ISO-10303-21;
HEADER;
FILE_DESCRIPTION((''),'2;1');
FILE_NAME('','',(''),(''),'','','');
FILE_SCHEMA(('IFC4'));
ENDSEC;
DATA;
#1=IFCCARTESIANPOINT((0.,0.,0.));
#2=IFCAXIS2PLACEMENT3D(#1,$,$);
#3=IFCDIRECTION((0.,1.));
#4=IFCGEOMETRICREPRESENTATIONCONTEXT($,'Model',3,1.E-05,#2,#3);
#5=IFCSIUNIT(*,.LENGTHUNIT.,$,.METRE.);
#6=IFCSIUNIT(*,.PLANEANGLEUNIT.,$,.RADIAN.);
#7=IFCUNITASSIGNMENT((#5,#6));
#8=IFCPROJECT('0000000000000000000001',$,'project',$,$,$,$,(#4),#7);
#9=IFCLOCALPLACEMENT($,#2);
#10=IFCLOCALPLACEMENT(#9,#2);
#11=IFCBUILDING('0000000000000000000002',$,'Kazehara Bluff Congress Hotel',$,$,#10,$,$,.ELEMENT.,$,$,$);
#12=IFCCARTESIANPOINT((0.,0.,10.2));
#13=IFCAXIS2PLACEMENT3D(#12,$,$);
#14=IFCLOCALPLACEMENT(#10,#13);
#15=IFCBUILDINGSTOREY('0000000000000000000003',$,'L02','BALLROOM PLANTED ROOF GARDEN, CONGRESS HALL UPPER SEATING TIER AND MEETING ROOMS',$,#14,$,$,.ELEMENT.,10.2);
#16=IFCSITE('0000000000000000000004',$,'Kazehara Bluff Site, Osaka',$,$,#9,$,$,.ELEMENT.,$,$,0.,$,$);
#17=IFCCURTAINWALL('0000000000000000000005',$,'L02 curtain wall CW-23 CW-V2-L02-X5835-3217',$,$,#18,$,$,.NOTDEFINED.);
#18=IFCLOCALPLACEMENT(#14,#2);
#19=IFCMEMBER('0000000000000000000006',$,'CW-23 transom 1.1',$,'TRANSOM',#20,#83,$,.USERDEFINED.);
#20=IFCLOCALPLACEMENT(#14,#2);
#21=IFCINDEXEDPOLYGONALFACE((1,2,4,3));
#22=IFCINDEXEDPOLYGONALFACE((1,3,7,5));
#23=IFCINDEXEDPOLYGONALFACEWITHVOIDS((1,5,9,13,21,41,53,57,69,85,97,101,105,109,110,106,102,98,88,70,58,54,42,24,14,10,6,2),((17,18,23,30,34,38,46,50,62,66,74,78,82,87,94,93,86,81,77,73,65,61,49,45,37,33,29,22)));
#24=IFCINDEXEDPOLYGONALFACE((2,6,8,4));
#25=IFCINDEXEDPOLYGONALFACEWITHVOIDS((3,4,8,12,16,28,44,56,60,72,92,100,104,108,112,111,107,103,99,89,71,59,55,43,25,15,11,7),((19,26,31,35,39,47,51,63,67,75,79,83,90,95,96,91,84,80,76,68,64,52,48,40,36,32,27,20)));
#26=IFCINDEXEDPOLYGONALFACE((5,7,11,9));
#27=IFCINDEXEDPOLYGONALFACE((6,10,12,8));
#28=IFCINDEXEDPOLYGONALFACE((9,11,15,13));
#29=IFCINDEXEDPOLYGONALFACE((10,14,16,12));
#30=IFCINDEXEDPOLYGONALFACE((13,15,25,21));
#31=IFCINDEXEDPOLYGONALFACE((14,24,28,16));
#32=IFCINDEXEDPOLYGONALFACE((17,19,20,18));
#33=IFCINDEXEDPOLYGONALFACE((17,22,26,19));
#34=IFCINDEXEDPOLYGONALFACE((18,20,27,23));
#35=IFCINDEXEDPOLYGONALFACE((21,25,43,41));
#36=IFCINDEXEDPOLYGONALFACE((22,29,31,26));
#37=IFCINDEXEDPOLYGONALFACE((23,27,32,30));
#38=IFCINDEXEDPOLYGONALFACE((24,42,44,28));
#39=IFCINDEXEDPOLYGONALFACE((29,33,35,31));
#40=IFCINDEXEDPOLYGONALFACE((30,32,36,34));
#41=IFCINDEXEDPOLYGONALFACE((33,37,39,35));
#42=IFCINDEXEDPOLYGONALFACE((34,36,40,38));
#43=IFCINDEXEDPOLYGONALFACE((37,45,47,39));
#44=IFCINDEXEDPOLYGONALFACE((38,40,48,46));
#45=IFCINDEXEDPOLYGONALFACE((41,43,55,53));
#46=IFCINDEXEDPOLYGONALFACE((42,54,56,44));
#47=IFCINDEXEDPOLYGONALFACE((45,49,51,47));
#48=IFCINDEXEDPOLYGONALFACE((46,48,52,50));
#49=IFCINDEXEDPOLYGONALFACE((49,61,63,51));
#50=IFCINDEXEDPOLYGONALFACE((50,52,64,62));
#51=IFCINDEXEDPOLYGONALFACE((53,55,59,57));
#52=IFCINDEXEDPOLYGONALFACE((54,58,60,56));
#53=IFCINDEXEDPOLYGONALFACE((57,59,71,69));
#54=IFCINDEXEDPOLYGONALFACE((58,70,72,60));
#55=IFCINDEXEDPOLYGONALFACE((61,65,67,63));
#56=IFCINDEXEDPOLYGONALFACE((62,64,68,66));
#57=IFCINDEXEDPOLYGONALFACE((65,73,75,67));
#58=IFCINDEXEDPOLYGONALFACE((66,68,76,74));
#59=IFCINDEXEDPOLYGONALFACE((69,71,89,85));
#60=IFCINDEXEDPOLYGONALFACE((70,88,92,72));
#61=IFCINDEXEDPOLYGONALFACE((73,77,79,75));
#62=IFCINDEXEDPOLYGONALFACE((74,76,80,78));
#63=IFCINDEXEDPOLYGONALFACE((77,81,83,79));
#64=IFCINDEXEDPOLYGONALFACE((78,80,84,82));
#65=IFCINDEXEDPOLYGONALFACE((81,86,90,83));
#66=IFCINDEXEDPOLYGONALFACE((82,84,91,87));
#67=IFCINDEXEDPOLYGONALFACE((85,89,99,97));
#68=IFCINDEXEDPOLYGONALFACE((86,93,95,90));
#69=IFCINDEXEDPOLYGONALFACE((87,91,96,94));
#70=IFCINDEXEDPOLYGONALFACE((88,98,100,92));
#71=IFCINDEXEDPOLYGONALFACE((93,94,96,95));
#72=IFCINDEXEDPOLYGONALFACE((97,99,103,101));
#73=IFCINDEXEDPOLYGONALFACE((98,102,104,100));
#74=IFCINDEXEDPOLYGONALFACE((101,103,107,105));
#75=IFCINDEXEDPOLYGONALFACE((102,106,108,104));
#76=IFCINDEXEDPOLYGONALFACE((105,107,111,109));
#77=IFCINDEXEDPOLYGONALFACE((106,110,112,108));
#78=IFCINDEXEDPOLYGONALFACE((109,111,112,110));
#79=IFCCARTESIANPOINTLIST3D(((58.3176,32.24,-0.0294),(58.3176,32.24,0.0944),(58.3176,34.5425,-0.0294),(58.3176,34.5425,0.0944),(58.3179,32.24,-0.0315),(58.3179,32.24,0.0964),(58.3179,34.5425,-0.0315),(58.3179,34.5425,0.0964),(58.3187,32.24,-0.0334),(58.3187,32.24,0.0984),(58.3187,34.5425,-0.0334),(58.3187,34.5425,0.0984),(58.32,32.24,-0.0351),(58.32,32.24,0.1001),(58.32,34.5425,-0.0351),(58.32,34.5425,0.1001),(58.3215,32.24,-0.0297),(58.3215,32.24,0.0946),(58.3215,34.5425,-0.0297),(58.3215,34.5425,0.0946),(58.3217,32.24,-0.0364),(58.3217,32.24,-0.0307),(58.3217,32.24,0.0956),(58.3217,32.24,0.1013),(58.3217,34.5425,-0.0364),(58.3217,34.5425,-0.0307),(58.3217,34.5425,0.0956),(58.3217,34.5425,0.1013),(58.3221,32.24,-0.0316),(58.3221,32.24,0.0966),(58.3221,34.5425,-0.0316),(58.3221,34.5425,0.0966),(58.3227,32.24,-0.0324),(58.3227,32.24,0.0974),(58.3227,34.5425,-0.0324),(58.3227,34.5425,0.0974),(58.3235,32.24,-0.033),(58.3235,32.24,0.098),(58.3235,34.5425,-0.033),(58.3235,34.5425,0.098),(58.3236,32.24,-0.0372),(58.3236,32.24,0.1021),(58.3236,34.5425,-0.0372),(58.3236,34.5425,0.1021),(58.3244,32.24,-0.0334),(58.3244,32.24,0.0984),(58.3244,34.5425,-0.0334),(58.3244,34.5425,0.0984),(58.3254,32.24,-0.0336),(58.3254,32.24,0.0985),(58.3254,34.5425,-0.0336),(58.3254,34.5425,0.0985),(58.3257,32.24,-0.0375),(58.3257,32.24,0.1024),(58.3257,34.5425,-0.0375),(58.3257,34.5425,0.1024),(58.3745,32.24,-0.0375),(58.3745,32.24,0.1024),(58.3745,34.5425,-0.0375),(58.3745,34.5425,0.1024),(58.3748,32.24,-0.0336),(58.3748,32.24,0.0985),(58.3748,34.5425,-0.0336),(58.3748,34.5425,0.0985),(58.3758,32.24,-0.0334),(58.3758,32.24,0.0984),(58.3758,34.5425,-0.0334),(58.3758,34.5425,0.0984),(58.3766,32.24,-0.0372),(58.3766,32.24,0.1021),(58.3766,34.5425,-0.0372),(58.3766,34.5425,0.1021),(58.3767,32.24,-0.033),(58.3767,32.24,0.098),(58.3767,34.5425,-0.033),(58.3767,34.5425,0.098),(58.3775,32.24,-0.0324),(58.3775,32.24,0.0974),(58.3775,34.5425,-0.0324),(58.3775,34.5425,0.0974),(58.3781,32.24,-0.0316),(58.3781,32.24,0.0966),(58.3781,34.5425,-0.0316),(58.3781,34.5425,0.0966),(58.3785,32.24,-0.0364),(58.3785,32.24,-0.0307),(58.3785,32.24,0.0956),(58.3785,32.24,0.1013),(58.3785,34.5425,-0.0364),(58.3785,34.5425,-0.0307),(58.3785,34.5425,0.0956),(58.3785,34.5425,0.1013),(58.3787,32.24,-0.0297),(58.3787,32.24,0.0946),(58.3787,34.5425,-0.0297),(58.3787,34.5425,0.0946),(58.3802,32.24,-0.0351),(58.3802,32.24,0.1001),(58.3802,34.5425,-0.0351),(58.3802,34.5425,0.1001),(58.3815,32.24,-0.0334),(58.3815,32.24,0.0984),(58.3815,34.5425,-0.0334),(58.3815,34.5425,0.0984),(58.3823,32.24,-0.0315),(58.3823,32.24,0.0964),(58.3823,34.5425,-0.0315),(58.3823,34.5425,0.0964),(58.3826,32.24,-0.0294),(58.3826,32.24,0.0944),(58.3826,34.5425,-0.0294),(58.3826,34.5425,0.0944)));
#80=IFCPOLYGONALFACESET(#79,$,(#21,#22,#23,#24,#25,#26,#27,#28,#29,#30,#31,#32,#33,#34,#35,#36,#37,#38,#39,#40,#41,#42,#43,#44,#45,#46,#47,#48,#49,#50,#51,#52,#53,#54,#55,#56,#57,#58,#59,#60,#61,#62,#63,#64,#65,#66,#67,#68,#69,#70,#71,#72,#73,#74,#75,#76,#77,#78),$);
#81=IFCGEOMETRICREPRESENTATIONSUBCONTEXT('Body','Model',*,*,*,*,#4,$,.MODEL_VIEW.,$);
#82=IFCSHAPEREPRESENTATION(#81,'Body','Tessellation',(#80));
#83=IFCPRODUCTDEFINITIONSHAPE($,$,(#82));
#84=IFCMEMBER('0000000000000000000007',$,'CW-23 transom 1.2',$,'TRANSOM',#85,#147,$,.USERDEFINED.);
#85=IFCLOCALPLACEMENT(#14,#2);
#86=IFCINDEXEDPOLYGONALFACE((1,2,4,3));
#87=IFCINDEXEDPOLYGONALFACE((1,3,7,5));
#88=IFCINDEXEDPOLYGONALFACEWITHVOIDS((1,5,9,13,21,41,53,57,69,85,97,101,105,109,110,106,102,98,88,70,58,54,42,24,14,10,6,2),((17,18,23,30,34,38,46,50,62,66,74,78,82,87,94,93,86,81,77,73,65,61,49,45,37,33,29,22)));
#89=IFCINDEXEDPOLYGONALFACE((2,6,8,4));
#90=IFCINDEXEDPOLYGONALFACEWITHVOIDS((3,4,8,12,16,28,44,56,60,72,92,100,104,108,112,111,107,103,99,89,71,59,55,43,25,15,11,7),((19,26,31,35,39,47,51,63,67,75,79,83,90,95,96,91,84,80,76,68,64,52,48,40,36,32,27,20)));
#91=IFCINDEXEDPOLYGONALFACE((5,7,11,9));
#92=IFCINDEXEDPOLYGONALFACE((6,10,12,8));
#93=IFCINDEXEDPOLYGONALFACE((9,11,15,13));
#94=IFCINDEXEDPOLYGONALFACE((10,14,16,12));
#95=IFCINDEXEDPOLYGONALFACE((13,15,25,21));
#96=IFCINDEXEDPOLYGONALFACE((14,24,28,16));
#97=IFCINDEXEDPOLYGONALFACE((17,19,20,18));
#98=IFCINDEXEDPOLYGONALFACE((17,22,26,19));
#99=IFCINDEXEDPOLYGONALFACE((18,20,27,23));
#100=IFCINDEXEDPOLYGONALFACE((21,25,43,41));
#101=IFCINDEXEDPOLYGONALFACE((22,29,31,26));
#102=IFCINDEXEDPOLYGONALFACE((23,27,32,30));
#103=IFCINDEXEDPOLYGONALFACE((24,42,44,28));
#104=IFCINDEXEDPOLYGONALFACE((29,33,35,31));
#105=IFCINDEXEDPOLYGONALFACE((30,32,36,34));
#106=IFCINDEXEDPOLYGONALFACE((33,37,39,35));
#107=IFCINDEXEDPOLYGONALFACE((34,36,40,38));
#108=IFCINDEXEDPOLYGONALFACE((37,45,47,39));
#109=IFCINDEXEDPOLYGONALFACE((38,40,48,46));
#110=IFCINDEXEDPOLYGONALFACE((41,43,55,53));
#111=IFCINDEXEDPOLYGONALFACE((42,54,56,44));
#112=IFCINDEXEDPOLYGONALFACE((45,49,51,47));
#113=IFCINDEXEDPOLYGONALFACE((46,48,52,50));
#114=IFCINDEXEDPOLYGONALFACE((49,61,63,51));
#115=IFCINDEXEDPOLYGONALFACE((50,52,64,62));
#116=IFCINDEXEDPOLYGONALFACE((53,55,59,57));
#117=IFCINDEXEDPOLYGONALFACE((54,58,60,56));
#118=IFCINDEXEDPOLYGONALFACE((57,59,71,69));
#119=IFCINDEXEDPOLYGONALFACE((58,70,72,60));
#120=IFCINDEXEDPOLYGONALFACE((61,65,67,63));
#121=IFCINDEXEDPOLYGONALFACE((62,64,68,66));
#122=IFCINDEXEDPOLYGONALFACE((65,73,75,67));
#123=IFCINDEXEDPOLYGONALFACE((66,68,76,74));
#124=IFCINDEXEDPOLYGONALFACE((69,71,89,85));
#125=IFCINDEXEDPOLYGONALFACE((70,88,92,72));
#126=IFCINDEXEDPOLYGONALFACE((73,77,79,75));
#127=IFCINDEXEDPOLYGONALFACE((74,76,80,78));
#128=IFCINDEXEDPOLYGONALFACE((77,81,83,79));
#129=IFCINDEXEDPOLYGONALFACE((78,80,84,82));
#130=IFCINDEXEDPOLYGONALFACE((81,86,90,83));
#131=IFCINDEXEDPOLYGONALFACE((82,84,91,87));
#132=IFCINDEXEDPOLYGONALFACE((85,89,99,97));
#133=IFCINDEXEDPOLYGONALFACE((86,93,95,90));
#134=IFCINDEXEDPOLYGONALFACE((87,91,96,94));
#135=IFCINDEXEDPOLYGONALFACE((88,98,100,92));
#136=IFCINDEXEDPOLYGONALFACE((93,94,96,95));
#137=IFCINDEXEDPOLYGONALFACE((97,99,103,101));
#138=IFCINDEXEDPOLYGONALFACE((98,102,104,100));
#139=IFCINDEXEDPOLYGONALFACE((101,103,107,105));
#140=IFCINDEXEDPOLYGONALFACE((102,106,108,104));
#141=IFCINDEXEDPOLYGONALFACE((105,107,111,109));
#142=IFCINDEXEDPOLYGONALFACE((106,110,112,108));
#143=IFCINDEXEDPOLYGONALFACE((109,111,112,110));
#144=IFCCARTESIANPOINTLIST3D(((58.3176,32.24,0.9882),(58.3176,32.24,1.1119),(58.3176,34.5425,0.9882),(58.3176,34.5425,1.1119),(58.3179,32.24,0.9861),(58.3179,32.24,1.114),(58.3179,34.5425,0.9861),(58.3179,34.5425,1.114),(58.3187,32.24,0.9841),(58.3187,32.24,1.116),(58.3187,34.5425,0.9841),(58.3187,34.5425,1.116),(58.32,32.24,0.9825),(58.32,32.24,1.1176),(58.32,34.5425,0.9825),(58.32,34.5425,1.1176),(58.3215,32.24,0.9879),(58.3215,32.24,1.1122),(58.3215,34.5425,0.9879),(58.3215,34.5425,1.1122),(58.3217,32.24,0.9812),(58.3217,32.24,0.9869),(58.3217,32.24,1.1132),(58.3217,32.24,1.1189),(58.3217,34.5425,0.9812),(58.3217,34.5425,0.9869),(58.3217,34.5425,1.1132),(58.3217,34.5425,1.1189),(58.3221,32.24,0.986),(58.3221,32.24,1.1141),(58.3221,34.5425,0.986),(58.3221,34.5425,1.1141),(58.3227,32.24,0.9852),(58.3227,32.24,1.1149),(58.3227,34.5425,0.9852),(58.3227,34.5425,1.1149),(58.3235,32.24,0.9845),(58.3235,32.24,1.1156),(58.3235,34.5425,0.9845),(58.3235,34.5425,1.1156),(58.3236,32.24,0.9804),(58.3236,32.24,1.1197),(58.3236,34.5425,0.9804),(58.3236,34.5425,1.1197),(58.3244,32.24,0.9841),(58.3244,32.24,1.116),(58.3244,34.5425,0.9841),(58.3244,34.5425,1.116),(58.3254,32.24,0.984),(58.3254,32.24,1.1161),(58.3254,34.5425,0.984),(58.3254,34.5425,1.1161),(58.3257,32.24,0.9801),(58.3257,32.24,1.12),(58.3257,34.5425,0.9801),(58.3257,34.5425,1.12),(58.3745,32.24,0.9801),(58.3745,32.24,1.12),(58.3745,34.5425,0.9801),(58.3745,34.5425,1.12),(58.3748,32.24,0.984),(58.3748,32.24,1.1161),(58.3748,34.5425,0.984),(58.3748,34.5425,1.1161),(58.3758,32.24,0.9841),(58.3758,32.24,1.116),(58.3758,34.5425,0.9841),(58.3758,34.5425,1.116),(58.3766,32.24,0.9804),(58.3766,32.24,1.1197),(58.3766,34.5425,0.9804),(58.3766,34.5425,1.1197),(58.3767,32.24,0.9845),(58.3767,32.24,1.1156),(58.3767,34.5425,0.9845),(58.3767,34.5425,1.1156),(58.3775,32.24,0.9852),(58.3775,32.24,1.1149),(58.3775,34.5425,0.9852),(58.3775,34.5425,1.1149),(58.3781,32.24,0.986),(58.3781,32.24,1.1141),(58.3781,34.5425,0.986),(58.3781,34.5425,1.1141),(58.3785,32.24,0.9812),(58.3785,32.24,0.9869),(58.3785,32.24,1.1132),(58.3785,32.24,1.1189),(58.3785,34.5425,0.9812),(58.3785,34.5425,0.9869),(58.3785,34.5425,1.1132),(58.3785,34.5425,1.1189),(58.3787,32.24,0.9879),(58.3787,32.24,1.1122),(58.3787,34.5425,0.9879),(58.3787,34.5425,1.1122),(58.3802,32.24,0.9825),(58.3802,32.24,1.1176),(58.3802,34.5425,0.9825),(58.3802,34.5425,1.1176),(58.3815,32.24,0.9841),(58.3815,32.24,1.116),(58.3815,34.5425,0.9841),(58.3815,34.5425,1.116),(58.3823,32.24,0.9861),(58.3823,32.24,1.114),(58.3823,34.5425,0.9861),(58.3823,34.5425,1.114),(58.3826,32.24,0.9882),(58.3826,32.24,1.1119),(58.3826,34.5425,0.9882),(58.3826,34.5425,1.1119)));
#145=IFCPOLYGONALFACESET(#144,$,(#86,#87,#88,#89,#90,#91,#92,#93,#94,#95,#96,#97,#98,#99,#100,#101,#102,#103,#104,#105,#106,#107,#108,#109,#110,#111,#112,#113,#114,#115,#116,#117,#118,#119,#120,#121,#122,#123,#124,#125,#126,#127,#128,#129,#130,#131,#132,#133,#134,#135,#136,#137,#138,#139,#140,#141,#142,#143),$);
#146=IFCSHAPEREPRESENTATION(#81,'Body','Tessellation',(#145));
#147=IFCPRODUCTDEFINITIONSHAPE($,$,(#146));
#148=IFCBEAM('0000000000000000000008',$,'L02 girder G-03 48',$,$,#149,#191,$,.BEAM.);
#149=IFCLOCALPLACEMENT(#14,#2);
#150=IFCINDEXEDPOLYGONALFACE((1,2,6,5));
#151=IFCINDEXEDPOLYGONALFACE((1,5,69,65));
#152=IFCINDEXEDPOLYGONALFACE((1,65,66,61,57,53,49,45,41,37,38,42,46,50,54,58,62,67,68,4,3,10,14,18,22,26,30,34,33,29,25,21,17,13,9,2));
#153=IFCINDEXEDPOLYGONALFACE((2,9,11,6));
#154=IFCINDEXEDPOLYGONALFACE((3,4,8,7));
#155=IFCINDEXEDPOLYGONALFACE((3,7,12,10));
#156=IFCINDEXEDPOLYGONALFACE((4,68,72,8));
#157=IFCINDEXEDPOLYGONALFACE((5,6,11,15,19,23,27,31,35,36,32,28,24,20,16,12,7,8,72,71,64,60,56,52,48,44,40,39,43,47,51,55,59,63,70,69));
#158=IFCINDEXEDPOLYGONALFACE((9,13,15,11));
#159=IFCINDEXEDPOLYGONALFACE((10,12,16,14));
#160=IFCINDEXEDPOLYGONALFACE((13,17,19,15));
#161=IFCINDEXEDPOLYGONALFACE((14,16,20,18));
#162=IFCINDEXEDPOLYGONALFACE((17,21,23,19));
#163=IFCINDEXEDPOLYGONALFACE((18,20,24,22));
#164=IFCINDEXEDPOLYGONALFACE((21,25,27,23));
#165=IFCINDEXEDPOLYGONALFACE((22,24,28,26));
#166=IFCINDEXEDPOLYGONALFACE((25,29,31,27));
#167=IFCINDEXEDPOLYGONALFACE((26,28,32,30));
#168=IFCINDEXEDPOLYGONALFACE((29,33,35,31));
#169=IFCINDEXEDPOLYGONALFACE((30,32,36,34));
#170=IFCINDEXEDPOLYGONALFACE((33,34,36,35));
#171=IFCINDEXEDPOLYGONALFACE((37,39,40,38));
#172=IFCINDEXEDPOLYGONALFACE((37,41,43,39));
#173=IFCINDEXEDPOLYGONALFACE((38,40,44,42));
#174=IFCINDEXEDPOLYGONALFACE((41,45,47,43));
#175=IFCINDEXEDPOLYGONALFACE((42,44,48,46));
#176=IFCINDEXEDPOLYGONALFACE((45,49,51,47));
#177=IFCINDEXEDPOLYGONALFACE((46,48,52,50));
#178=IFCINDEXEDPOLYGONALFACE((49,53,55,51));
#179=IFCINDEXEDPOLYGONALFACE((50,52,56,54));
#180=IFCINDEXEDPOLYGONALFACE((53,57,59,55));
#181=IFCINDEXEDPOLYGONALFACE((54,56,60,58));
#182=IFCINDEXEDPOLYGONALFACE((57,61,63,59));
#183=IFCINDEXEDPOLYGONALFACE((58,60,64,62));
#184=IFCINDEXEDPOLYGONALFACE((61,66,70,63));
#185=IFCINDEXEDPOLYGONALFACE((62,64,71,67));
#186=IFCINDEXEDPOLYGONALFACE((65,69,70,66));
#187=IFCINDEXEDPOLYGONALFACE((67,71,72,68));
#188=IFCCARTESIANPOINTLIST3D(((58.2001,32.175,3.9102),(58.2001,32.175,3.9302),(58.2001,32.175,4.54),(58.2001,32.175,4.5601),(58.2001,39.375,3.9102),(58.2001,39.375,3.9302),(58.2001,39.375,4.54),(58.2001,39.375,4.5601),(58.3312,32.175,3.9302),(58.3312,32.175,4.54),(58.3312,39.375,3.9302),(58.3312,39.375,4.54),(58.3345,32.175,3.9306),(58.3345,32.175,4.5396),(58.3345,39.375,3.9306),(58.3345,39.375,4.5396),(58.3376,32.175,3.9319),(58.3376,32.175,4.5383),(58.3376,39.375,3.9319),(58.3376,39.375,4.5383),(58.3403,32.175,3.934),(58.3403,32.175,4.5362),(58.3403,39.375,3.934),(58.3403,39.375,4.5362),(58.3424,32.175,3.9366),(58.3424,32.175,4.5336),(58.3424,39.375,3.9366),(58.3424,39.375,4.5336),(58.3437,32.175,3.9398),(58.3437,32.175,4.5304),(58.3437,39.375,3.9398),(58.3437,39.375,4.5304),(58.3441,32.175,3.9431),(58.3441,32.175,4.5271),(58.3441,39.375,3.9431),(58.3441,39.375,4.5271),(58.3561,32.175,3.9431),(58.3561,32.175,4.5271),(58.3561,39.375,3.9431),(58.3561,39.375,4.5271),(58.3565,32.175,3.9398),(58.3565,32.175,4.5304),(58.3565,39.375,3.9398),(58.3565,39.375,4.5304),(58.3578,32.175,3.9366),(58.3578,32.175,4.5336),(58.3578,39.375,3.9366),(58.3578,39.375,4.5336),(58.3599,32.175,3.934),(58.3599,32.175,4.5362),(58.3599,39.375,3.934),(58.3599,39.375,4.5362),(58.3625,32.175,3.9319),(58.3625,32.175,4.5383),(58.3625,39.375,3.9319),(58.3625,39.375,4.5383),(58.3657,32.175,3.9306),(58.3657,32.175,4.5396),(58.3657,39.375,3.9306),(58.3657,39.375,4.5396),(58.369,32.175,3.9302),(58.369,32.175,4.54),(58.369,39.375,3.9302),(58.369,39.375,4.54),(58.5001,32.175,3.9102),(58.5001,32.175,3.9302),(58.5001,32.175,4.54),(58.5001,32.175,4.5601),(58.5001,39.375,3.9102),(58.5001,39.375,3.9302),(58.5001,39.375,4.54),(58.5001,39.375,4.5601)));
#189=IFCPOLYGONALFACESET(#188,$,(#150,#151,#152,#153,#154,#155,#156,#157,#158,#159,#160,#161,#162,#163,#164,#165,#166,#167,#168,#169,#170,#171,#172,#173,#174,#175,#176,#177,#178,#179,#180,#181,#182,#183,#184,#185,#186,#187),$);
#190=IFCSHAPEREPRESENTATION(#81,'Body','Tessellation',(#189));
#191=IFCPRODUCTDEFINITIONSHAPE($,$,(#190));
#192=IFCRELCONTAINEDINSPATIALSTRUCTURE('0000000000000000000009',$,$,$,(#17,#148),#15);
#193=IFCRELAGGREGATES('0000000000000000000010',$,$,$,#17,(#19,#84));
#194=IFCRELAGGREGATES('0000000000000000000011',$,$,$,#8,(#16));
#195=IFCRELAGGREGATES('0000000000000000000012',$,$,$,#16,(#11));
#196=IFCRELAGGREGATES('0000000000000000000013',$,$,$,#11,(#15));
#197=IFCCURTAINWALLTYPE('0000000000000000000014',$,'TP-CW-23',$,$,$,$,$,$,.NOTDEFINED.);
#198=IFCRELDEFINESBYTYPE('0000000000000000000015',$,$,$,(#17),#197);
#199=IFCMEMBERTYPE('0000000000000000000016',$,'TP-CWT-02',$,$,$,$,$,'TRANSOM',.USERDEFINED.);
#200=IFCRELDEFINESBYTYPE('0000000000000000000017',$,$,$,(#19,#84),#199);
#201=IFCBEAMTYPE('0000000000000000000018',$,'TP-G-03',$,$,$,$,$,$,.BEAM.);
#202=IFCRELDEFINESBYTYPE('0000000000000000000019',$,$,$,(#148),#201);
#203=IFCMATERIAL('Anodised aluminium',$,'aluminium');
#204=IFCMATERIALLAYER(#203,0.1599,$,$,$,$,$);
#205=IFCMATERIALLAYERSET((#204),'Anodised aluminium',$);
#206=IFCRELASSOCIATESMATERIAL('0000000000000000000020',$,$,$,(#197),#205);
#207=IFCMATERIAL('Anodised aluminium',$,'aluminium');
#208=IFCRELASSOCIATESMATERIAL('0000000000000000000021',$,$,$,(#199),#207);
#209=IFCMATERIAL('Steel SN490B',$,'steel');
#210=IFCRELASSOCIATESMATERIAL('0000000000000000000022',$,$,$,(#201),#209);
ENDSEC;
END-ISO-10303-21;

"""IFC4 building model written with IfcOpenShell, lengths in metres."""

from ifc_helpers import new_model, si_unit, direction, frame, origin, origin_2d, place, context, subcontext, project, spatial, hollow_rectangle, i_section, extrude, material, layer, layer_set, material_profile, profile_set, type_object, element, aggregate, save


model = new_model("IFC4")

# Units and contexts
model_context = context("Model", 3, precision=1e-05, world=origin(), true_north=direction((0.0, 1.0)))
body_context = subcontext(model_context, "Body", "Model", "MODEL_VIEW")
ifc_project = project(units=[si_unit("LENGTHUNIT", "METRE"), si_unit("PLANEANGLEUNIT", "RADIAN")], contexts=[model_context])

# Site, building, storey
site_placement = place(None, origin())
site = spatial("IfcSite", under=ifc_project, at=site_placement, Name="Kazehara Bluff Site, Osaka", CompositionType="ELEMENT", RefElevation=0.0)
building_placement = place(site_placement, origin())
building = spatial("IfcBuilding", under=site, at=building_placement, Name="Kazehara Bluff Congress Hotel", CompositionType="ELEMENT")
storey_placement = place(building_placement, frame((0.0, 0.0, 10.2)))
storey = spatial("IfcBuildingStorey", under=building, at=storey_placement, Name="L02", Description="BALLROOM PLANTED ROOF GARDEN, CONGRESS HALL UPPER SEATING TIER AND MEETING ROOMS", CompositionType="ELEMENT", Elevation=10.2)

# Curtain wall
ifc_material_1 = material(Name="Anodised aluminium", Category="aluminium")
ifc_layer_1 = layer(ifc_material_1, 0.1599)
ifc_layer_set_1 = layer_set([ifc_layer_1], Name="Anodised aluminium")
curtain_wall_type_1 = type_object("IfcCurtainWallType", Name="TP-CW-23", PredefinedType="NOTDEFINED", material=ifc_layer_set_1)
curtain_wall_1_placement = place(storey_placement, origin())
curtain_wall_1 = element("IfcCurtainWall", 1, at=curtain_wall_1_placement, inside=storey, type_object=curtain_wall_type_1, Name="L02 curtain wall CW-23 CW-V2-L02-X5835-3217", PredefinedType="NOTDEFINED")

# Members
ifc_material_2 = material(Name="Anodised aluminium", Category="aluminium")
ifc_material_profile_1 = material_profile(ifc_material_2, hollow_rectangle(XDim=0.0649, YDim=0.1399, WallThickness=0.0039, InnerFilletRadius=0.0039, OuterFilletRadius=0.0081, at=origin_2d()))
ifc_profile_set_1 = profile_set([ifc_material_profile_1], Name="Anodised aluminium")
member_type_1 = type_object("IfcMemberType", Name="TP-CWT-02", ElementType="TRANSOM", PredefinedType="USERDEFINED", material=ifc_profile_set_1)
member_1_placement = place(storey_placement, frame((58.3501, 32.24, 0.0325), z_axis=(0.0, 1.0, 0.0), x_axis=(-1.0, 0.0, 0.0)))
member_1 = element("IfcMember", 2, at=member_1_placement, type_object=member_type_1, Name="CW-23 transom 1.1", ObjectType="TRANSOM", PredefinedType="USERDEFINED", context=body_context, shape_type="SweptSolid", body=[
    extrude(hollow_rectangle(XDim=0.0649, YDim=0.1399, WallThickness=0.0039, InnerFilletRadius=0.0039, OuterFilletRadius=0.0081, at=origin_2d()), origin(), (0.0, 0.0, 1.0), 2.3025),
])
member_2_placement = place(storey_placement, frame((58.3501, 32.24, 1.05), z_axis=(0.0, 1.0, 0.0), x_axis=(-1.0, 0.0, 0.0)))
member_2 = element("IfcMember", 3, at=member_2_placement, type_object=member_type_1, Name="CW-23 transom 1.2", ObjectType="TRANSOM", PredefinedType="USERDEFINED", context=body_context, shape_type="SweptSolid", body=[
    extrude(hollow_rectangle(XDim=0.0649, YDim=0.1399, WallThickness=0.0039, InnerFilletRadius=0.0039, OuterFilletRadius=0.0081, at=origin_2d()), origin(), (0.0, 0.0, 1.0), 2.3025),
])
aggregate(curtain_wall_1, [member_1, member_2])

# Beam
ifc_material_3 = material(Name="Steel SN490B", Category="steel")
ifc_material_profile_2 = material_profile(ifc_material_3, i_section(OverallWidth=0.3, OverallDepth=0.6499, WebThickness=0.012, FlangeThickness=0.02, FilletRadius=0.0129, at=origin_2d()))
ifc_profile_set_2 = profile_set([ifc_material_profile_2], Name="Steel SN490B")
beam_type = type_object("IfcBeamType", Name="TP-G-03", PredefinedType="BEAM", material=ifc_profile_set_2)
beam_placement = place(storey_placement, frame((58.3501, 32.175, 4.2351), z_axis=(0.0, 1.0, 0.0), x_axis=(-1.0, 0.0, 0.0)))
element("IfcBeam", 4, at=beam_placement, inside=storey, type_object=beam_type, Name="L02 girder G-03 48", PredefinedType="BEAM", context=body_context, shape_type="SweptSolid", body=[
    extrude(i_section(OverallWidth=0.3, OverallDepth=0.6499, WebThickness=0.012, FlangeThickness=0.02, FilletRadius=0.0129, at=origin_2d()), origin(), (0.0, 0.0, 1.0), 7.2),
])

save(model, "model.ifc")
